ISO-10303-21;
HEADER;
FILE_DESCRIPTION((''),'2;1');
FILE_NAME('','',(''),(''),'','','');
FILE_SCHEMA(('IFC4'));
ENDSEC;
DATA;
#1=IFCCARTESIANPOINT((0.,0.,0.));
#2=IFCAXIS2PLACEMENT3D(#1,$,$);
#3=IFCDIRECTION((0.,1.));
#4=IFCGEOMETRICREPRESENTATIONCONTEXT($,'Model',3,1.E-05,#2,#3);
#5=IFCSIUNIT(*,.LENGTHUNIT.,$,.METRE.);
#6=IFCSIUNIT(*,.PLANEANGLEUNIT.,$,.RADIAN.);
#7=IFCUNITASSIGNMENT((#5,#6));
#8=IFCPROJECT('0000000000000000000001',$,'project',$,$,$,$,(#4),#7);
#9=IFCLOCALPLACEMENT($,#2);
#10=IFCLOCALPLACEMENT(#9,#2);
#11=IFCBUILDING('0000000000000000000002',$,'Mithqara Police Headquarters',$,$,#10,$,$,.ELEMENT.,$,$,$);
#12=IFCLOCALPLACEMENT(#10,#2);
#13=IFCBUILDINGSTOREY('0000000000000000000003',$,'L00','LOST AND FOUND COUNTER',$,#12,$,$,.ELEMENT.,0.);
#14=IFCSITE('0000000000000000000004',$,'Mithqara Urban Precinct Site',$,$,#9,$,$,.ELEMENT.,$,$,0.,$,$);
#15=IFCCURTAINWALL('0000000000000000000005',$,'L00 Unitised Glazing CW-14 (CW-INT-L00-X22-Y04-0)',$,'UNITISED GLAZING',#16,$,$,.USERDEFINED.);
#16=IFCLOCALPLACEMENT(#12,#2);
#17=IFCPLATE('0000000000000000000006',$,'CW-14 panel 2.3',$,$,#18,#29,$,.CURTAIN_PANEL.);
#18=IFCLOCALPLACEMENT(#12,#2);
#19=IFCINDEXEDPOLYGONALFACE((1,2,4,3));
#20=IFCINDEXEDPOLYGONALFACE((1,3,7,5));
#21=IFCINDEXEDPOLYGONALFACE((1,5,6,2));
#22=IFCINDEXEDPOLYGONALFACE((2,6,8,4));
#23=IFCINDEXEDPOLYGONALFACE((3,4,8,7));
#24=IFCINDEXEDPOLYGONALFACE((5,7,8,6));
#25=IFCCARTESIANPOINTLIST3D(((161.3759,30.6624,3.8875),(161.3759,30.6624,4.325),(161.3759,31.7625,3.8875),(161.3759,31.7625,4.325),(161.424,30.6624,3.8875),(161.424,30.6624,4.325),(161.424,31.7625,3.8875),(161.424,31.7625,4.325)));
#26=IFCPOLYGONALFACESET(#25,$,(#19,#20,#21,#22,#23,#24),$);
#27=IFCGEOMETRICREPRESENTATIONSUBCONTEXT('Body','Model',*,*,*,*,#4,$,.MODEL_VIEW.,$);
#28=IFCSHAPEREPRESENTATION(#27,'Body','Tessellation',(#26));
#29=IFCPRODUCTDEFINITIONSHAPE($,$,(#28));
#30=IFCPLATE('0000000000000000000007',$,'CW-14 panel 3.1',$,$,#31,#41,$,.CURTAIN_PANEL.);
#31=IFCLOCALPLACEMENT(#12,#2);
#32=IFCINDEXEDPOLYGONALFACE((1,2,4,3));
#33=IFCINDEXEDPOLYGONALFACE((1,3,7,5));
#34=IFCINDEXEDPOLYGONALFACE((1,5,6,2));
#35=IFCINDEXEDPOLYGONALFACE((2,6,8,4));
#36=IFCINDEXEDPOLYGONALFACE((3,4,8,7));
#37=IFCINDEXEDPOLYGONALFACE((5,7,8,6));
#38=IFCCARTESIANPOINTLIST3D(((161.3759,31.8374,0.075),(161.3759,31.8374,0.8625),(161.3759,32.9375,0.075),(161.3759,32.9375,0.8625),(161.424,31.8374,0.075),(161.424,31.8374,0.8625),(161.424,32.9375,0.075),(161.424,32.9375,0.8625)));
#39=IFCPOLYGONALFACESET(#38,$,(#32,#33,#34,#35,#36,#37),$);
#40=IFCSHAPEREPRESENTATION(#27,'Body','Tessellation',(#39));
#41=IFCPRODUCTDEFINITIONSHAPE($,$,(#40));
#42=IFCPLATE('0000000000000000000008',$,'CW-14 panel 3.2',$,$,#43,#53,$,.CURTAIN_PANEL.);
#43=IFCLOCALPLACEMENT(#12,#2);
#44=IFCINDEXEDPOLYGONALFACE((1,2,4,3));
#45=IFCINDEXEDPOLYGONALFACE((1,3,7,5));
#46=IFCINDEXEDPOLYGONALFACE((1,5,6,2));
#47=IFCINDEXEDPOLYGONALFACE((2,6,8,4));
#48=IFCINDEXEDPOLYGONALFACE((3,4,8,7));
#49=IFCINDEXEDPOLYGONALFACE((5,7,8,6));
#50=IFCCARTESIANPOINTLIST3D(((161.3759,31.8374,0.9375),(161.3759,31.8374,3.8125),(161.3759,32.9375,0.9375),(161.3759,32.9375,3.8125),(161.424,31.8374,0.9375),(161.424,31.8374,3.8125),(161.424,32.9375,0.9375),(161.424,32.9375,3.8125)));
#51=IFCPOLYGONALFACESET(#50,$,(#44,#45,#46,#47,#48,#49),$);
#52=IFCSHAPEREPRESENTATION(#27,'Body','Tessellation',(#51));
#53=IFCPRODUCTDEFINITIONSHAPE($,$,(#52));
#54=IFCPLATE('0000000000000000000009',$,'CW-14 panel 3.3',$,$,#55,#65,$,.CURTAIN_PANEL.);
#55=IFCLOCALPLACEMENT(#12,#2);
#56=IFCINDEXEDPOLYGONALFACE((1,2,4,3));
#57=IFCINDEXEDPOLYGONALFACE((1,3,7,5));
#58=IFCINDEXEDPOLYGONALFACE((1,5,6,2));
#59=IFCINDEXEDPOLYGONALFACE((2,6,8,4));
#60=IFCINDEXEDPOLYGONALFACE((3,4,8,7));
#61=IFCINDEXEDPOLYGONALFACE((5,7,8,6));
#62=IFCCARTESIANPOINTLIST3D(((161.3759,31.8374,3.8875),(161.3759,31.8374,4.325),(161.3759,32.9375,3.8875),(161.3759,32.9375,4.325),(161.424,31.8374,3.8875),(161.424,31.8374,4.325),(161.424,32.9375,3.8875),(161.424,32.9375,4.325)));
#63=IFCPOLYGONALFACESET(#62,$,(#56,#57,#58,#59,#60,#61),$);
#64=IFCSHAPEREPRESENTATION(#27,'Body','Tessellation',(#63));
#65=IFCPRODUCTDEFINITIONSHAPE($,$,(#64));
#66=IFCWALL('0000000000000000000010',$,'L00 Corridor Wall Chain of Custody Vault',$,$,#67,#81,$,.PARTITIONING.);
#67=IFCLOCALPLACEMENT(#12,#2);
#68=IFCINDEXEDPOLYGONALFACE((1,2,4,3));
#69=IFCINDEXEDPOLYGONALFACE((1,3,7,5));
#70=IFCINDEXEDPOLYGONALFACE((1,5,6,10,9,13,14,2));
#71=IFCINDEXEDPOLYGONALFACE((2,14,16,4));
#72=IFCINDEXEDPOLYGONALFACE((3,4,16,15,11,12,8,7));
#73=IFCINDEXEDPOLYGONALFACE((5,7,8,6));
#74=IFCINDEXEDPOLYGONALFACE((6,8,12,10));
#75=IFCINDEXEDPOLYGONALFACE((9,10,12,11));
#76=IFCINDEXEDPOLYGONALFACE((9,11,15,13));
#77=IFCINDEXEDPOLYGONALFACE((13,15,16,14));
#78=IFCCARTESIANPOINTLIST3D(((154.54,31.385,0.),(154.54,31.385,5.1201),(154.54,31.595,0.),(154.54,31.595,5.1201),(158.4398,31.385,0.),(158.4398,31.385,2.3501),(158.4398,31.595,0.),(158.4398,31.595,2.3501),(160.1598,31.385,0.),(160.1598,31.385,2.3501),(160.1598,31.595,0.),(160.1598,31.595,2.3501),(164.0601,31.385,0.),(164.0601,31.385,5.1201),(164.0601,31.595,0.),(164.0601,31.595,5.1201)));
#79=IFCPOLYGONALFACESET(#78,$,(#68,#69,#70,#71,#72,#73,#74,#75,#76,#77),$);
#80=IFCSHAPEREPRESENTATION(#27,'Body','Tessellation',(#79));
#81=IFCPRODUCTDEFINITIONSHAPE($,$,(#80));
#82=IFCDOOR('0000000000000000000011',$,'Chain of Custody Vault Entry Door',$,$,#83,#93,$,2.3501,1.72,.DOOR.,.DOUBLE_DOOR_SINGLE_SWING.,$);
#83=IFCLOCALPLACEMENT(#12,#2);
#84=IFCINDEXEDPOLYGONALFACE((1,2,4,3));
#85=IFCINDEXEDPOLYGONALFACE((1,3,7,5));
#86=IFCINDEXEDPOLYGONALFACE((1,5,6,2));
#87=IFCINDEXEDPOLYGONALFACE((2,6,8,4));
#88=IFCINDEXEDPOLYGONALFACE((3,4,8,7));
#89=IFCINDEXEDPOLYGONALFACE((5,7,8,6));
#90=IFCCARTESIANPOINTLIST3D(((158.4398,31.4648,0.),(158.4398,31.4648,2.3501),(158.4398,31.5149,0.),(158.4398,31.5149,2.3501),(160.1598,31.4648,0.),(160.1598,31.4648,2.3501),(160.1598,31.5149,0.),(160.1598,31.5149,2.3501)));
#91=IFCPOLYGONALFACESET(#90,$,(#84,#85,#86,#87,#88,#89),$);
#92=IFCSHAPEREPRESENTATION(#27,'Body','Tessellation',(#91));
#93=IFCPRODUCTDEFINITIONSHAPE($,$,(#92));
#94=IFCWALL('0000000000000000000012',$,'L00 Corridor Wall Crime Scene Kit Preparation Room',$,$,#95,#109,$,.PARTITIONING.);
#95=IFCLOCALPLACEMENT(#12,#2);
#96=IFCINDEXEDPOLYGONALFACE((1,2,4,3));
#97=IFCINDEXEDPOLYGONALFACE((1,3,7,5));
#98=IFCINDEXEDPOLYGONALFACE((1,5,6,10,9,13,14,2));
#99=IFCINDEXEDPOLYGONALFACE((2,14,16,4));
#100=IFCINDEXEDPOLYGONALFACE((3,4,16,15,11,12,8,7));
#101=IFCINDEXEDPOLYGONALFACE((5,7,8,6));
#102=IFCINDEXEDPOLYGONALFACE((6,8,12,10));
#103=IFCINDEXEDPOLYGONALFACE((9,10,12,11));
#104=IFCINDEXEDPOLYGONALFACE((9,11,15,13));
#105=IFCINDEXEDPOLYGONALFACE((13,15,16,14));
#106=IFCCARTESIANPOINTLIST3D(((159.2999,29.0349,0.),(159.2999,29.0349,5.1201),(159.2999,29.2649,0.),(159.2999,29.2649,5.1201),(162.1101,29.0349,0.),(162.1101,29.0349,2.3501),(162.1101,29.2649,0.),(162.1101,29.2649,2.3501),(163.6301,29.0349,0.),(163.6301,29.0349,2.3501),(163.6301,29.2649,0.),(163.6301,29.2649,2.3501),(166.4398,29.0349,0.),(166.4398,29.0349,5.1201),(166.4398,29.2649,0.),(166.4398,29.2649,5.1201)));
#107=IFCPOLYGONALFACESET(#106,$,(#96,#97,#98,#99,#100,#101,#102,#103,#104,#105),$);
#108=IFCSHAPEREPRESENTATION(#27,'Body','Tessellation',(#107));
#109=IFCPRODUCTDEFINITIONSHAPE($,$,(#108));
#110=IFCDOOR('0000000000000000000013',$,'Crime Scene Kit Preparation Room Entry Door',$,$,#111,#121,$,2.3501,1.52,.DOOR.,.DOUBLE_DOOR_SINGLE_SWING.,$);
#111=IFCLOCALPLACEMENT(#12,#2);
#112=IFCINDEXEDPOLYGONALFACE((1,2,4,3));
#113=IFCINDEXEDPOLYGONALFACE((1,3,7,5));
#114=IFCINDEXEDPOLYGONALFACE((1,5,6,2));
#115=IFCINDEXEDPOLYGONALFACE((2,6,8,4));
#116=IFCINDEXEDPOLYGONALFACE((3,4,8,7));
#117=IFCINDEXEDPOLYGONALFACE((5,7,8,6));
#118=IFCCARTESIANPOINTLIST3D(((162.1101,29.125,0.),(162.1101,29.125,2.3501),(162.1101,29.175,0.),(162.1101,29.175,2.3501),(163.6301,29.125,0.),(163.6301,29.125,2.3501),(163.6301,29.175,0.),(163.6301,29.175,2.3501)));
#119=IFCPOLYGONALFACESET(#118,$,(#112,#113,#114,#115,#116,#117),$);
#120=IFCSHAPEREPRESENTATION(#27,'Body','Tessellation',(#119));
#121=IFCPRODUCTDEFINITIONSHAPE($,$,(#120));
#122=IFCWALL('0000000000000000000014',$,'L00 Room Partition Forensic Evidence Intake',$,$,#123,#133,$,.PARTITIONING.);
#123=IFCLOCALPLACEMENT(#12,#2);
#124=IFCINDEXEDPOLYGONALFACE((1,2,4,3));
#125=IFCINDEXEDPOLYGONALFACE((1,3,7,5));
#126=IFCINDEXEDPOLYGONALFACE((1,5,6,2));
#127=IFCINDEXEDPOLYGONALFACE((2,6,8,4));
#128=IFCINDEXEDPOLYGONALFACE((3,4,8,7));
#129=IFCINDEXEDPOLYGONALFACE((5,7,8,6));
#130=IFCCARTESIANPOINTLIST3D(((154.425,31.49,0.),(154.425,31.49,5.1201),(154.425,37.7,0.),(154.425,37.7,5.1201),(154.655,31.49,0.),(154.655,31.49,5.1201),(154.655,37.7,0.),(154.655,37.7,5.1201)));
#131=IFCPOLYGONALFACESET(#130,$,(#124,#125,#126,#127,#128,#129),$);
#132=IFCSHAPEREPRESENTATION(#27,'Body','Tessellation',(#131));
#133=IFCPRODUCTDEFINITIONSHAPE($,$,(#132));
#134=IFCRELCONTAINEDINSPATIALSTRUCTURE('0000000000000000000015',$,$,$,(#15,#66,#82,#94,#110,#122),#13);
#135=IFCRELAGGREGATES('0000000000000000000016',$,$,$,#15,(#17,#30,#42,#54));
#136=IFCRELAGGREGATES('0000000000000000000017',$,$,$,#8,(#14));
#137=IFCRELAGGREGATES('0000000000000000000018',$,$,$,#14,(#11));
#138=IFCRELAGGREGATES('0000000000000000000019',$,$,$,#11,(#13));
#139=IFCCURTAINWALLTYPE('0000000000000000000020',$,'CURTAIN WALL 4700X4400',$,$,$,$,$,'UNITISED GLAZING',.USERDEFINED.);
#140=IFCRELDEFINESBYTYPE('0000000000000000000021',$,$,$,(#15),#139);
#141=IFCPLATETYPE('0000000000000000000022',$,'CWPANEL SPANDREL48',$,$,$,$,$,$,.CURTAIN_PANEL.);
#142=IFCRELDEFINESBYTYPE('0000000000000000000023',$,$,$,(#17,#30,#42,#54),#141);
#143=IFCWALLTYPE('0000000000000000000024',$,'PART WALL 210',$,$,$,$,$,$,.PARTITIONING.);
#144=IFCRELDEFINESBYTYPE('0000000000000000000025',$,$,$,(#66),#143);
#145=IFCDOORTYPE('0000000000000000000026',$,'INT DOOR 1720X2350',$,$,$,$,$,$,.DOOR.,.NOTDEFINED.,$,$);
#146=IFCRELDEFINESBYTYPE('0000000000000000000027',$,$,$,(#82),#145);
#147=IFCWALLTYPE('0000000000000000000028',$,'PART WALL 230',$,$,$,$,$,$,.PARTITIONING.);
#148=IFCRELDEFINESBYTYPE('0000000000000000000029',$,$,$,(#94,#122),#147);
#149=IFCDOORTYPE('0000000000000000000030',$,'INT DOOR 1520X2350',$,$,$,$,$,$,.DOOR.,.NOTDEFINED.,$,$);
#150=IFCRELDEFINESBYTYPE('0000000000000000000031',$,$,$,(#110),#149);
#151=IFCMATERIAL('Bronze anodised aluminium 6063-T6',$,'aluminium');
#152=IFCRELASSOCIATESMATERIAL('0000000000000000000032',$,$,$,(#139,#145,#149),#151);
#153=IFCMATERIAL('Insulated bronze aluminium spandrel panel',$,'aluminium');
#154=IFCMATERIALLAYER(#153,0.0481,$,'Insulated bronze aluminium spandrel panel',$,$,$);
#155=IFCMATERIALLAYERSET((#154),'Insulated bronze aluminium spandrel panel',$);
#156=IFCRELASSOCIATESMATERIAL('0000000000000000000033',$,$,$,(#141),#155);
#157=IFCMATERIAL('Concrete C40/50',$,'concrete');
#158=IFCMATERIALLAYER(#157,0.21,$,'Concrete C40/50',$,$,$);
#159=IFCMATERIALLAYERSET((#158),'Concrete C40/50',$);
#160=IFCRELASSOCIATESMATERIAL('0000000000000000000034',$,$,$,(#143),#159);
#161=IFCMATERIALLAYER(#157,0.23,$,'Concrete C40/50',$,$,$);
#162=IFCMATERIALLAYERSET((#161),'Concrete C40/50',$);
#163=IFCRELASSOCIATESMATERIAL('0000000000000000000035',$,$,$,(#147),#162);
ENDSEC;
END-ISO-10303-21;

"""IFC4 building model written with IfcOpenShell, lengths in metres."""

from ifc_helpers import new_model, si_unit, direction, frame, frame_2d, origin, origin_2d, place, context, subcontext, project, spatial, rectangle, extrude, material, layer, layer_set, type_object, element, fill, aggregate, save


model = new_model("IFC4")

# Units and contexts
model_context = context("Model", 3, precision=1e-05, world=origin(), true_north=direction((0.0, 1.0)))
body_context = subcontext(model_context, "Body", "Model", "MODEL_VIEW")
ifc_project = project(units=[si_unit("LENGTHUNIT", "METRE"), si_unit("PLANEANGLEUNIT", "RADIAN")], contexts=[model_context])

# Site, building, storey
site_placement = place(None, origin())
site = spatial("IfcSite", under=ifc_project, at=site_placement, Name="Mithqara Urban Precinct Site", CompositionType="ELEMENT", RefElevation=0.0)
building_placement = place(site_placement, origin())
building = spatial("IfcBuilding", under=site, at=building_placement, Name="Mithqara Police Headquarters", CompositionType="ELEMENT")
storey_placement = place(building_placement, origin())
storey = spatial("IfcBuildingStorey", under=building, at=storey_placement, Name="L00", Description="LOST AND FOUND COUNTER", CompositionType="ELEMENT", Elevation=0.0)

# Shared definitions
ifc_material_1 = material(Name="Concrete C40/50", Category="concrete")

# Curtain wall, plates
ifc_material_2 = material(Name="Bronze anodised aluminium 6063-T6", Category="aluminium")
curtain_wall_type = type_object("IfcCurtainWallType", Name="CURTAIN WALL 4700X4400", ElementType="UNITISED GLAZING", PredefinedType="USERDEFINED", material=ifc_material_2)
curtain_wall_placement = place(storey_placement, origin())
curtain_wall = element("IfcCurtainWall", 1, at=curtain_wall_placement, inside=storey, type_object=curtain_wall_type, Name="L00 Unitised Glazing CW-14 (CW-INT-L00-X22-Y04-0)", ObjectType="UNITISED GLAZING", PredefinedType="USERDEFINED")
ifc_material_3 = material(Name="Insulated bronze aluminium spandrel panel", Category="aluminium")
ifc_layer_1 = layer(ifc_material_3, 0.0481, Name="Insulated bronze aluminium spandrel panel")
ifc_layer_set_1 = layer_set([ifc_layer_1], Name="Insulated bronze aluminium spandrel panel")
plate_type = type_object("IfcPlateType", Name="CWPANEL SPANDREL48", PredefinedType="CURTAIN_PANEL", material=ifc_layer_set_1)
plate_1_placement = place(storey_placement, frame((161.3999, 31.2124, 3.8875), z_axis=(0.0, 0.0, 1.0), x_axis=(0.0, 1.0, 0.0)))
plate_1 = element("IfcPlate", 2, at=plate_1_placement, type_object=plate_type, Name="CW-14 panel 2.3", PredefinedType="CURTAIN_PANEL", context=body_context, shape_type="SweptSolid", body=[
    extrude(rectangle(XDim=1.1001, YDim=0.0481, at=origin_2d()), origin(), (0.0, 0.0, 1.0), 0.4375),
])
plate_2_placement = place(storey_placement, frame((161.3999, 32.3875, 0.075), z_axis=(0.0, 0.0, 1.0), x_axis=(0.0, 1.0, 0.0)))
plate_2 = element("IfcPlate", 3, at=plate_2_placement, type_object=plate_type, Name="CW-14 panel 3.1", PredefinedType="CURTAIN_PANEL", context=body_context, shape_type="SweptSolid", body=[
    extrude(rectangle(XDim=1.1001, YDim=0.0481, at=origin_2d()), origin(), (0.0, 0.0, 1.0), 0.7876),
])
plate_3_placement = place(storey_placement, frame((161.3999, 32.3875, 0.9375), z_axis=(0.0, 0.0, 1.0), x_axis=(0.0, 1.0, 0.0)))
plate_3 = element("IfcPlate", 4, at=plate_3_placement, type_object=plate_type, Name="CW-14 panel 3.2", PredefinedType="CURTAIN_PANEL", context=body_context, shape_type="SweptSolid", body=[
    extrude(rectangle(XDim=1.1001, YDim=0.0481, at=origin_2d()), origin(), (0.0, 0.0, 1.0), 2.875),
])
plate_4_placement = place(storey_placement, frame((161.3999, 32.3875, 3.8875), z_axis=(0.0, 0.0, 1.0), x_axis=(0.0, 1.0, 0.0)))
plate_4 = element("IfcPlate", 5, at=plate_4_placement, type_object=plate_type, Name="CW-14 panel 3.3", PredefinedType="CURTAIN_PANEL", context=body_context, shape_type="SweptSolid", body=[
    extrude(rectangle(XDim=1.1001, YDim=0.0481, at=origin_2d()), origin(), (0.0, 0.0, 1.0), 0.4375),
])
aggregate(curtain_wall, [plate_1, plate_2, plate_3, plate_4])

# Walls, openings, doors
ifc_layer_2 = layer(ifc_material_1, 0.21, Name="Concrete C40/50")
ifc_layer_set_2 = layer_set([ifc_layer_2], Name="Concrete C40/50")
wall_type_1 = type_object("IfcWallType", Name="PART WALL 210", PredefinedType="PARTITIONING", material=ifc_layer_set_2)
wall_1_placement = place(storey_placement, frame((154.54, 31.49, 0.0), z_axis=(0.0, 0.0, 1.0), x_axis=(1.0, 0.0, 0.0)))
wall_1 = element("IfcWall", 6, at=wall_1_placement, inside=storey, type_object=wall_type_1, Name="L00 Corridor Wall Chain of Custody Vault", PredefinedType="PARTITIONING", context=body_context, shape_type="SweptSolid", body=[
    extrude(rectangle(XDim=9.52, YDim=0.21, at=frame_2d((4.76, 0.0))), origin(), (0.0, 0.0, 1.0), 5.1201),
])
opening_1_placement = place(wall_1_placement, frame((3.8999, 0.0, 0.0)))
opening_1 = element("IfcOpeningElement", 7, at=opening_1_placement, cuts=wall_1, PredefinedType="OPENING", context=body_context, shape_type="SweptSolid", body=[
    extrude(rectangle(XDim=1.72, YDim=2.3501, at=frame_2d((0.8599, 1.175))), frame((0.0, 0.115, 0.0), z_axis=(0.0, -1.0, 0.0), x_axis=(1.0, 0.0, 0.0)), (0.0, 0.0, 1.0), 0.23),
])
door_type_1 = type_object("IfcDoorType", Name="INT DOOR 1720X2350", OperationType="NOTDEFINED", PredefinedType="DOOR", material=ifc_material_2)
door_1_placement = place(opening_1_placement, origin())
door_1 = element("IfcDoor", 8, at=door_1_placement, inside=storey, type_object=door_type_1, Name="Chain of Custody Vault Entry Door", OperationType="DOUBLE_DOOR_SINGLE_SWING", OverallHeight=2.3501, OverallWidth=1.72, PredefinedType="DOOR", context=body_context, shape_type="SweptSolid", body=[
    extrude(rectangle(XDim=1.72, YDim=2.3501, at=frame_2d((0.8599, 1.175))), frame((0.0, 0.0249, 0.0), z_axis=(0.0, -1.0, 0.0), x_axis=(1.0, 0.0, 0.0)), (0.0, 0.0, 1.0), 0.05),
])
fill(opening_1, door_1)
ifc_layer_3 = layer(ifc_material_1, 0.23, Name="Concrete C40/50")
ifc_layer_set_3 = layer_set([ifc_layer_3], Name="Concrete C40/50")
wall_type_2 = type_object("IfcWallType", Name="PART WALL 230", PredefinedType="PARTITIONING", material=ifc_layer_set_3)
wall_2_placement = place(storey_placement, frame((159.3, 29.1499, 0.0), z_axis=(0.0, 0.0, 1.0), x_axis=(1.0, 0.0, 0.0)))
wall_2 = element("IfcWall", 9, at=wall_2_placement, inside=storey, type_object=wall_type_2, Name="L00 Corridor Wall Crime Scene Kit Preparation Room", PredefinedType="PARTITIONING", context=body_context, shape_type="SweptSolid", body=[
    extrude(rectangle(XDim=7.1399, YDim=0.23, at=frame_2d((3.5698, 0.0))), origin(), (0.0, 0.0, 1.0), 5.1201),
])
opening_2_placement = place(wall_2_placement, frame((2.8101, 0.0, 0.0)))
opening_2 = element("IfcOpeningElement", 10, at=opening_2_placement, cuts=wall_2, PredefinedType="OPENING", context=body_context, shape_type="SweptSolid", body=[
    extrude(rectangle(XDim=1.52, YDim=2.3501, at=frame_2d((0.76, 1.175))), frame((0.0, 0.125, 0.0), z_axis=(0.0, -1.0, 0.0), x_axis=(1.0, 0.0, 0.0)), (0.0, 0.0, 1.0), 0.25),
])
door_type_2 = type_object("IfcDoorType", Name="INT DOOR 1520X2350", OperationType="NOTDEFINED", PredefinedType="DOOR", material=ifc_material_2)
door_2_placement = place(opening_2_placement, frame((1.52, 0.0, 0.0), z_axis=(0.0, 0.0, 1.0), x_axis=(-1.0, 0.0, 0.0)))
door_2 = element("IfcDoor", 11, at=door_2_placement, inside=storey, type_object=door_type_2, Name="Crime Scene Kit Preparation Room Entry Door", OperationType="DOUBLE_DOOR_SINGLE_SWING", OverallHeight=2.3501, OverallWidth=1.52, PredefinedType="DOOR", context=body_context, shape_type="SweptSolid", body=[
    extrude(rectangle(XDim=1.52, YDim=2.3501, at=frame_2d((0.76, 1.175))), frame((0.0, 0.0249, 0.0), z_axis=(0.0, -1.0, 0.0), x_axis=(1.0, 0.0, 0.0)), (0.0, 0.0, 1.0), 0.05),
])
fill(opening_2, door_2)

# Wall
wall_3_placement = place(storey_placement, frame((154.54, 31.49, 0.0), z_axis=(0.0, 0.0, 1.0), x_axis=(0.0, 1.0, 0.0)))
element("IfcWall", 12, at=wall_3_placement, inside=storey, type_object=wall_type_2, Name="L00 Room Partition Forensic Evidence Intake", PredefinedType="PARTITIONING", context=body_context, shape_type="SweptSolid", body=[
    extrude(rectangle(XDim=6.21, YDim=0.23, at=frame_2d((3.105, 0.0))), origin(), (0.0, 0.0, 1.0), 5.1201),
])

save(model, "model.ifc")
